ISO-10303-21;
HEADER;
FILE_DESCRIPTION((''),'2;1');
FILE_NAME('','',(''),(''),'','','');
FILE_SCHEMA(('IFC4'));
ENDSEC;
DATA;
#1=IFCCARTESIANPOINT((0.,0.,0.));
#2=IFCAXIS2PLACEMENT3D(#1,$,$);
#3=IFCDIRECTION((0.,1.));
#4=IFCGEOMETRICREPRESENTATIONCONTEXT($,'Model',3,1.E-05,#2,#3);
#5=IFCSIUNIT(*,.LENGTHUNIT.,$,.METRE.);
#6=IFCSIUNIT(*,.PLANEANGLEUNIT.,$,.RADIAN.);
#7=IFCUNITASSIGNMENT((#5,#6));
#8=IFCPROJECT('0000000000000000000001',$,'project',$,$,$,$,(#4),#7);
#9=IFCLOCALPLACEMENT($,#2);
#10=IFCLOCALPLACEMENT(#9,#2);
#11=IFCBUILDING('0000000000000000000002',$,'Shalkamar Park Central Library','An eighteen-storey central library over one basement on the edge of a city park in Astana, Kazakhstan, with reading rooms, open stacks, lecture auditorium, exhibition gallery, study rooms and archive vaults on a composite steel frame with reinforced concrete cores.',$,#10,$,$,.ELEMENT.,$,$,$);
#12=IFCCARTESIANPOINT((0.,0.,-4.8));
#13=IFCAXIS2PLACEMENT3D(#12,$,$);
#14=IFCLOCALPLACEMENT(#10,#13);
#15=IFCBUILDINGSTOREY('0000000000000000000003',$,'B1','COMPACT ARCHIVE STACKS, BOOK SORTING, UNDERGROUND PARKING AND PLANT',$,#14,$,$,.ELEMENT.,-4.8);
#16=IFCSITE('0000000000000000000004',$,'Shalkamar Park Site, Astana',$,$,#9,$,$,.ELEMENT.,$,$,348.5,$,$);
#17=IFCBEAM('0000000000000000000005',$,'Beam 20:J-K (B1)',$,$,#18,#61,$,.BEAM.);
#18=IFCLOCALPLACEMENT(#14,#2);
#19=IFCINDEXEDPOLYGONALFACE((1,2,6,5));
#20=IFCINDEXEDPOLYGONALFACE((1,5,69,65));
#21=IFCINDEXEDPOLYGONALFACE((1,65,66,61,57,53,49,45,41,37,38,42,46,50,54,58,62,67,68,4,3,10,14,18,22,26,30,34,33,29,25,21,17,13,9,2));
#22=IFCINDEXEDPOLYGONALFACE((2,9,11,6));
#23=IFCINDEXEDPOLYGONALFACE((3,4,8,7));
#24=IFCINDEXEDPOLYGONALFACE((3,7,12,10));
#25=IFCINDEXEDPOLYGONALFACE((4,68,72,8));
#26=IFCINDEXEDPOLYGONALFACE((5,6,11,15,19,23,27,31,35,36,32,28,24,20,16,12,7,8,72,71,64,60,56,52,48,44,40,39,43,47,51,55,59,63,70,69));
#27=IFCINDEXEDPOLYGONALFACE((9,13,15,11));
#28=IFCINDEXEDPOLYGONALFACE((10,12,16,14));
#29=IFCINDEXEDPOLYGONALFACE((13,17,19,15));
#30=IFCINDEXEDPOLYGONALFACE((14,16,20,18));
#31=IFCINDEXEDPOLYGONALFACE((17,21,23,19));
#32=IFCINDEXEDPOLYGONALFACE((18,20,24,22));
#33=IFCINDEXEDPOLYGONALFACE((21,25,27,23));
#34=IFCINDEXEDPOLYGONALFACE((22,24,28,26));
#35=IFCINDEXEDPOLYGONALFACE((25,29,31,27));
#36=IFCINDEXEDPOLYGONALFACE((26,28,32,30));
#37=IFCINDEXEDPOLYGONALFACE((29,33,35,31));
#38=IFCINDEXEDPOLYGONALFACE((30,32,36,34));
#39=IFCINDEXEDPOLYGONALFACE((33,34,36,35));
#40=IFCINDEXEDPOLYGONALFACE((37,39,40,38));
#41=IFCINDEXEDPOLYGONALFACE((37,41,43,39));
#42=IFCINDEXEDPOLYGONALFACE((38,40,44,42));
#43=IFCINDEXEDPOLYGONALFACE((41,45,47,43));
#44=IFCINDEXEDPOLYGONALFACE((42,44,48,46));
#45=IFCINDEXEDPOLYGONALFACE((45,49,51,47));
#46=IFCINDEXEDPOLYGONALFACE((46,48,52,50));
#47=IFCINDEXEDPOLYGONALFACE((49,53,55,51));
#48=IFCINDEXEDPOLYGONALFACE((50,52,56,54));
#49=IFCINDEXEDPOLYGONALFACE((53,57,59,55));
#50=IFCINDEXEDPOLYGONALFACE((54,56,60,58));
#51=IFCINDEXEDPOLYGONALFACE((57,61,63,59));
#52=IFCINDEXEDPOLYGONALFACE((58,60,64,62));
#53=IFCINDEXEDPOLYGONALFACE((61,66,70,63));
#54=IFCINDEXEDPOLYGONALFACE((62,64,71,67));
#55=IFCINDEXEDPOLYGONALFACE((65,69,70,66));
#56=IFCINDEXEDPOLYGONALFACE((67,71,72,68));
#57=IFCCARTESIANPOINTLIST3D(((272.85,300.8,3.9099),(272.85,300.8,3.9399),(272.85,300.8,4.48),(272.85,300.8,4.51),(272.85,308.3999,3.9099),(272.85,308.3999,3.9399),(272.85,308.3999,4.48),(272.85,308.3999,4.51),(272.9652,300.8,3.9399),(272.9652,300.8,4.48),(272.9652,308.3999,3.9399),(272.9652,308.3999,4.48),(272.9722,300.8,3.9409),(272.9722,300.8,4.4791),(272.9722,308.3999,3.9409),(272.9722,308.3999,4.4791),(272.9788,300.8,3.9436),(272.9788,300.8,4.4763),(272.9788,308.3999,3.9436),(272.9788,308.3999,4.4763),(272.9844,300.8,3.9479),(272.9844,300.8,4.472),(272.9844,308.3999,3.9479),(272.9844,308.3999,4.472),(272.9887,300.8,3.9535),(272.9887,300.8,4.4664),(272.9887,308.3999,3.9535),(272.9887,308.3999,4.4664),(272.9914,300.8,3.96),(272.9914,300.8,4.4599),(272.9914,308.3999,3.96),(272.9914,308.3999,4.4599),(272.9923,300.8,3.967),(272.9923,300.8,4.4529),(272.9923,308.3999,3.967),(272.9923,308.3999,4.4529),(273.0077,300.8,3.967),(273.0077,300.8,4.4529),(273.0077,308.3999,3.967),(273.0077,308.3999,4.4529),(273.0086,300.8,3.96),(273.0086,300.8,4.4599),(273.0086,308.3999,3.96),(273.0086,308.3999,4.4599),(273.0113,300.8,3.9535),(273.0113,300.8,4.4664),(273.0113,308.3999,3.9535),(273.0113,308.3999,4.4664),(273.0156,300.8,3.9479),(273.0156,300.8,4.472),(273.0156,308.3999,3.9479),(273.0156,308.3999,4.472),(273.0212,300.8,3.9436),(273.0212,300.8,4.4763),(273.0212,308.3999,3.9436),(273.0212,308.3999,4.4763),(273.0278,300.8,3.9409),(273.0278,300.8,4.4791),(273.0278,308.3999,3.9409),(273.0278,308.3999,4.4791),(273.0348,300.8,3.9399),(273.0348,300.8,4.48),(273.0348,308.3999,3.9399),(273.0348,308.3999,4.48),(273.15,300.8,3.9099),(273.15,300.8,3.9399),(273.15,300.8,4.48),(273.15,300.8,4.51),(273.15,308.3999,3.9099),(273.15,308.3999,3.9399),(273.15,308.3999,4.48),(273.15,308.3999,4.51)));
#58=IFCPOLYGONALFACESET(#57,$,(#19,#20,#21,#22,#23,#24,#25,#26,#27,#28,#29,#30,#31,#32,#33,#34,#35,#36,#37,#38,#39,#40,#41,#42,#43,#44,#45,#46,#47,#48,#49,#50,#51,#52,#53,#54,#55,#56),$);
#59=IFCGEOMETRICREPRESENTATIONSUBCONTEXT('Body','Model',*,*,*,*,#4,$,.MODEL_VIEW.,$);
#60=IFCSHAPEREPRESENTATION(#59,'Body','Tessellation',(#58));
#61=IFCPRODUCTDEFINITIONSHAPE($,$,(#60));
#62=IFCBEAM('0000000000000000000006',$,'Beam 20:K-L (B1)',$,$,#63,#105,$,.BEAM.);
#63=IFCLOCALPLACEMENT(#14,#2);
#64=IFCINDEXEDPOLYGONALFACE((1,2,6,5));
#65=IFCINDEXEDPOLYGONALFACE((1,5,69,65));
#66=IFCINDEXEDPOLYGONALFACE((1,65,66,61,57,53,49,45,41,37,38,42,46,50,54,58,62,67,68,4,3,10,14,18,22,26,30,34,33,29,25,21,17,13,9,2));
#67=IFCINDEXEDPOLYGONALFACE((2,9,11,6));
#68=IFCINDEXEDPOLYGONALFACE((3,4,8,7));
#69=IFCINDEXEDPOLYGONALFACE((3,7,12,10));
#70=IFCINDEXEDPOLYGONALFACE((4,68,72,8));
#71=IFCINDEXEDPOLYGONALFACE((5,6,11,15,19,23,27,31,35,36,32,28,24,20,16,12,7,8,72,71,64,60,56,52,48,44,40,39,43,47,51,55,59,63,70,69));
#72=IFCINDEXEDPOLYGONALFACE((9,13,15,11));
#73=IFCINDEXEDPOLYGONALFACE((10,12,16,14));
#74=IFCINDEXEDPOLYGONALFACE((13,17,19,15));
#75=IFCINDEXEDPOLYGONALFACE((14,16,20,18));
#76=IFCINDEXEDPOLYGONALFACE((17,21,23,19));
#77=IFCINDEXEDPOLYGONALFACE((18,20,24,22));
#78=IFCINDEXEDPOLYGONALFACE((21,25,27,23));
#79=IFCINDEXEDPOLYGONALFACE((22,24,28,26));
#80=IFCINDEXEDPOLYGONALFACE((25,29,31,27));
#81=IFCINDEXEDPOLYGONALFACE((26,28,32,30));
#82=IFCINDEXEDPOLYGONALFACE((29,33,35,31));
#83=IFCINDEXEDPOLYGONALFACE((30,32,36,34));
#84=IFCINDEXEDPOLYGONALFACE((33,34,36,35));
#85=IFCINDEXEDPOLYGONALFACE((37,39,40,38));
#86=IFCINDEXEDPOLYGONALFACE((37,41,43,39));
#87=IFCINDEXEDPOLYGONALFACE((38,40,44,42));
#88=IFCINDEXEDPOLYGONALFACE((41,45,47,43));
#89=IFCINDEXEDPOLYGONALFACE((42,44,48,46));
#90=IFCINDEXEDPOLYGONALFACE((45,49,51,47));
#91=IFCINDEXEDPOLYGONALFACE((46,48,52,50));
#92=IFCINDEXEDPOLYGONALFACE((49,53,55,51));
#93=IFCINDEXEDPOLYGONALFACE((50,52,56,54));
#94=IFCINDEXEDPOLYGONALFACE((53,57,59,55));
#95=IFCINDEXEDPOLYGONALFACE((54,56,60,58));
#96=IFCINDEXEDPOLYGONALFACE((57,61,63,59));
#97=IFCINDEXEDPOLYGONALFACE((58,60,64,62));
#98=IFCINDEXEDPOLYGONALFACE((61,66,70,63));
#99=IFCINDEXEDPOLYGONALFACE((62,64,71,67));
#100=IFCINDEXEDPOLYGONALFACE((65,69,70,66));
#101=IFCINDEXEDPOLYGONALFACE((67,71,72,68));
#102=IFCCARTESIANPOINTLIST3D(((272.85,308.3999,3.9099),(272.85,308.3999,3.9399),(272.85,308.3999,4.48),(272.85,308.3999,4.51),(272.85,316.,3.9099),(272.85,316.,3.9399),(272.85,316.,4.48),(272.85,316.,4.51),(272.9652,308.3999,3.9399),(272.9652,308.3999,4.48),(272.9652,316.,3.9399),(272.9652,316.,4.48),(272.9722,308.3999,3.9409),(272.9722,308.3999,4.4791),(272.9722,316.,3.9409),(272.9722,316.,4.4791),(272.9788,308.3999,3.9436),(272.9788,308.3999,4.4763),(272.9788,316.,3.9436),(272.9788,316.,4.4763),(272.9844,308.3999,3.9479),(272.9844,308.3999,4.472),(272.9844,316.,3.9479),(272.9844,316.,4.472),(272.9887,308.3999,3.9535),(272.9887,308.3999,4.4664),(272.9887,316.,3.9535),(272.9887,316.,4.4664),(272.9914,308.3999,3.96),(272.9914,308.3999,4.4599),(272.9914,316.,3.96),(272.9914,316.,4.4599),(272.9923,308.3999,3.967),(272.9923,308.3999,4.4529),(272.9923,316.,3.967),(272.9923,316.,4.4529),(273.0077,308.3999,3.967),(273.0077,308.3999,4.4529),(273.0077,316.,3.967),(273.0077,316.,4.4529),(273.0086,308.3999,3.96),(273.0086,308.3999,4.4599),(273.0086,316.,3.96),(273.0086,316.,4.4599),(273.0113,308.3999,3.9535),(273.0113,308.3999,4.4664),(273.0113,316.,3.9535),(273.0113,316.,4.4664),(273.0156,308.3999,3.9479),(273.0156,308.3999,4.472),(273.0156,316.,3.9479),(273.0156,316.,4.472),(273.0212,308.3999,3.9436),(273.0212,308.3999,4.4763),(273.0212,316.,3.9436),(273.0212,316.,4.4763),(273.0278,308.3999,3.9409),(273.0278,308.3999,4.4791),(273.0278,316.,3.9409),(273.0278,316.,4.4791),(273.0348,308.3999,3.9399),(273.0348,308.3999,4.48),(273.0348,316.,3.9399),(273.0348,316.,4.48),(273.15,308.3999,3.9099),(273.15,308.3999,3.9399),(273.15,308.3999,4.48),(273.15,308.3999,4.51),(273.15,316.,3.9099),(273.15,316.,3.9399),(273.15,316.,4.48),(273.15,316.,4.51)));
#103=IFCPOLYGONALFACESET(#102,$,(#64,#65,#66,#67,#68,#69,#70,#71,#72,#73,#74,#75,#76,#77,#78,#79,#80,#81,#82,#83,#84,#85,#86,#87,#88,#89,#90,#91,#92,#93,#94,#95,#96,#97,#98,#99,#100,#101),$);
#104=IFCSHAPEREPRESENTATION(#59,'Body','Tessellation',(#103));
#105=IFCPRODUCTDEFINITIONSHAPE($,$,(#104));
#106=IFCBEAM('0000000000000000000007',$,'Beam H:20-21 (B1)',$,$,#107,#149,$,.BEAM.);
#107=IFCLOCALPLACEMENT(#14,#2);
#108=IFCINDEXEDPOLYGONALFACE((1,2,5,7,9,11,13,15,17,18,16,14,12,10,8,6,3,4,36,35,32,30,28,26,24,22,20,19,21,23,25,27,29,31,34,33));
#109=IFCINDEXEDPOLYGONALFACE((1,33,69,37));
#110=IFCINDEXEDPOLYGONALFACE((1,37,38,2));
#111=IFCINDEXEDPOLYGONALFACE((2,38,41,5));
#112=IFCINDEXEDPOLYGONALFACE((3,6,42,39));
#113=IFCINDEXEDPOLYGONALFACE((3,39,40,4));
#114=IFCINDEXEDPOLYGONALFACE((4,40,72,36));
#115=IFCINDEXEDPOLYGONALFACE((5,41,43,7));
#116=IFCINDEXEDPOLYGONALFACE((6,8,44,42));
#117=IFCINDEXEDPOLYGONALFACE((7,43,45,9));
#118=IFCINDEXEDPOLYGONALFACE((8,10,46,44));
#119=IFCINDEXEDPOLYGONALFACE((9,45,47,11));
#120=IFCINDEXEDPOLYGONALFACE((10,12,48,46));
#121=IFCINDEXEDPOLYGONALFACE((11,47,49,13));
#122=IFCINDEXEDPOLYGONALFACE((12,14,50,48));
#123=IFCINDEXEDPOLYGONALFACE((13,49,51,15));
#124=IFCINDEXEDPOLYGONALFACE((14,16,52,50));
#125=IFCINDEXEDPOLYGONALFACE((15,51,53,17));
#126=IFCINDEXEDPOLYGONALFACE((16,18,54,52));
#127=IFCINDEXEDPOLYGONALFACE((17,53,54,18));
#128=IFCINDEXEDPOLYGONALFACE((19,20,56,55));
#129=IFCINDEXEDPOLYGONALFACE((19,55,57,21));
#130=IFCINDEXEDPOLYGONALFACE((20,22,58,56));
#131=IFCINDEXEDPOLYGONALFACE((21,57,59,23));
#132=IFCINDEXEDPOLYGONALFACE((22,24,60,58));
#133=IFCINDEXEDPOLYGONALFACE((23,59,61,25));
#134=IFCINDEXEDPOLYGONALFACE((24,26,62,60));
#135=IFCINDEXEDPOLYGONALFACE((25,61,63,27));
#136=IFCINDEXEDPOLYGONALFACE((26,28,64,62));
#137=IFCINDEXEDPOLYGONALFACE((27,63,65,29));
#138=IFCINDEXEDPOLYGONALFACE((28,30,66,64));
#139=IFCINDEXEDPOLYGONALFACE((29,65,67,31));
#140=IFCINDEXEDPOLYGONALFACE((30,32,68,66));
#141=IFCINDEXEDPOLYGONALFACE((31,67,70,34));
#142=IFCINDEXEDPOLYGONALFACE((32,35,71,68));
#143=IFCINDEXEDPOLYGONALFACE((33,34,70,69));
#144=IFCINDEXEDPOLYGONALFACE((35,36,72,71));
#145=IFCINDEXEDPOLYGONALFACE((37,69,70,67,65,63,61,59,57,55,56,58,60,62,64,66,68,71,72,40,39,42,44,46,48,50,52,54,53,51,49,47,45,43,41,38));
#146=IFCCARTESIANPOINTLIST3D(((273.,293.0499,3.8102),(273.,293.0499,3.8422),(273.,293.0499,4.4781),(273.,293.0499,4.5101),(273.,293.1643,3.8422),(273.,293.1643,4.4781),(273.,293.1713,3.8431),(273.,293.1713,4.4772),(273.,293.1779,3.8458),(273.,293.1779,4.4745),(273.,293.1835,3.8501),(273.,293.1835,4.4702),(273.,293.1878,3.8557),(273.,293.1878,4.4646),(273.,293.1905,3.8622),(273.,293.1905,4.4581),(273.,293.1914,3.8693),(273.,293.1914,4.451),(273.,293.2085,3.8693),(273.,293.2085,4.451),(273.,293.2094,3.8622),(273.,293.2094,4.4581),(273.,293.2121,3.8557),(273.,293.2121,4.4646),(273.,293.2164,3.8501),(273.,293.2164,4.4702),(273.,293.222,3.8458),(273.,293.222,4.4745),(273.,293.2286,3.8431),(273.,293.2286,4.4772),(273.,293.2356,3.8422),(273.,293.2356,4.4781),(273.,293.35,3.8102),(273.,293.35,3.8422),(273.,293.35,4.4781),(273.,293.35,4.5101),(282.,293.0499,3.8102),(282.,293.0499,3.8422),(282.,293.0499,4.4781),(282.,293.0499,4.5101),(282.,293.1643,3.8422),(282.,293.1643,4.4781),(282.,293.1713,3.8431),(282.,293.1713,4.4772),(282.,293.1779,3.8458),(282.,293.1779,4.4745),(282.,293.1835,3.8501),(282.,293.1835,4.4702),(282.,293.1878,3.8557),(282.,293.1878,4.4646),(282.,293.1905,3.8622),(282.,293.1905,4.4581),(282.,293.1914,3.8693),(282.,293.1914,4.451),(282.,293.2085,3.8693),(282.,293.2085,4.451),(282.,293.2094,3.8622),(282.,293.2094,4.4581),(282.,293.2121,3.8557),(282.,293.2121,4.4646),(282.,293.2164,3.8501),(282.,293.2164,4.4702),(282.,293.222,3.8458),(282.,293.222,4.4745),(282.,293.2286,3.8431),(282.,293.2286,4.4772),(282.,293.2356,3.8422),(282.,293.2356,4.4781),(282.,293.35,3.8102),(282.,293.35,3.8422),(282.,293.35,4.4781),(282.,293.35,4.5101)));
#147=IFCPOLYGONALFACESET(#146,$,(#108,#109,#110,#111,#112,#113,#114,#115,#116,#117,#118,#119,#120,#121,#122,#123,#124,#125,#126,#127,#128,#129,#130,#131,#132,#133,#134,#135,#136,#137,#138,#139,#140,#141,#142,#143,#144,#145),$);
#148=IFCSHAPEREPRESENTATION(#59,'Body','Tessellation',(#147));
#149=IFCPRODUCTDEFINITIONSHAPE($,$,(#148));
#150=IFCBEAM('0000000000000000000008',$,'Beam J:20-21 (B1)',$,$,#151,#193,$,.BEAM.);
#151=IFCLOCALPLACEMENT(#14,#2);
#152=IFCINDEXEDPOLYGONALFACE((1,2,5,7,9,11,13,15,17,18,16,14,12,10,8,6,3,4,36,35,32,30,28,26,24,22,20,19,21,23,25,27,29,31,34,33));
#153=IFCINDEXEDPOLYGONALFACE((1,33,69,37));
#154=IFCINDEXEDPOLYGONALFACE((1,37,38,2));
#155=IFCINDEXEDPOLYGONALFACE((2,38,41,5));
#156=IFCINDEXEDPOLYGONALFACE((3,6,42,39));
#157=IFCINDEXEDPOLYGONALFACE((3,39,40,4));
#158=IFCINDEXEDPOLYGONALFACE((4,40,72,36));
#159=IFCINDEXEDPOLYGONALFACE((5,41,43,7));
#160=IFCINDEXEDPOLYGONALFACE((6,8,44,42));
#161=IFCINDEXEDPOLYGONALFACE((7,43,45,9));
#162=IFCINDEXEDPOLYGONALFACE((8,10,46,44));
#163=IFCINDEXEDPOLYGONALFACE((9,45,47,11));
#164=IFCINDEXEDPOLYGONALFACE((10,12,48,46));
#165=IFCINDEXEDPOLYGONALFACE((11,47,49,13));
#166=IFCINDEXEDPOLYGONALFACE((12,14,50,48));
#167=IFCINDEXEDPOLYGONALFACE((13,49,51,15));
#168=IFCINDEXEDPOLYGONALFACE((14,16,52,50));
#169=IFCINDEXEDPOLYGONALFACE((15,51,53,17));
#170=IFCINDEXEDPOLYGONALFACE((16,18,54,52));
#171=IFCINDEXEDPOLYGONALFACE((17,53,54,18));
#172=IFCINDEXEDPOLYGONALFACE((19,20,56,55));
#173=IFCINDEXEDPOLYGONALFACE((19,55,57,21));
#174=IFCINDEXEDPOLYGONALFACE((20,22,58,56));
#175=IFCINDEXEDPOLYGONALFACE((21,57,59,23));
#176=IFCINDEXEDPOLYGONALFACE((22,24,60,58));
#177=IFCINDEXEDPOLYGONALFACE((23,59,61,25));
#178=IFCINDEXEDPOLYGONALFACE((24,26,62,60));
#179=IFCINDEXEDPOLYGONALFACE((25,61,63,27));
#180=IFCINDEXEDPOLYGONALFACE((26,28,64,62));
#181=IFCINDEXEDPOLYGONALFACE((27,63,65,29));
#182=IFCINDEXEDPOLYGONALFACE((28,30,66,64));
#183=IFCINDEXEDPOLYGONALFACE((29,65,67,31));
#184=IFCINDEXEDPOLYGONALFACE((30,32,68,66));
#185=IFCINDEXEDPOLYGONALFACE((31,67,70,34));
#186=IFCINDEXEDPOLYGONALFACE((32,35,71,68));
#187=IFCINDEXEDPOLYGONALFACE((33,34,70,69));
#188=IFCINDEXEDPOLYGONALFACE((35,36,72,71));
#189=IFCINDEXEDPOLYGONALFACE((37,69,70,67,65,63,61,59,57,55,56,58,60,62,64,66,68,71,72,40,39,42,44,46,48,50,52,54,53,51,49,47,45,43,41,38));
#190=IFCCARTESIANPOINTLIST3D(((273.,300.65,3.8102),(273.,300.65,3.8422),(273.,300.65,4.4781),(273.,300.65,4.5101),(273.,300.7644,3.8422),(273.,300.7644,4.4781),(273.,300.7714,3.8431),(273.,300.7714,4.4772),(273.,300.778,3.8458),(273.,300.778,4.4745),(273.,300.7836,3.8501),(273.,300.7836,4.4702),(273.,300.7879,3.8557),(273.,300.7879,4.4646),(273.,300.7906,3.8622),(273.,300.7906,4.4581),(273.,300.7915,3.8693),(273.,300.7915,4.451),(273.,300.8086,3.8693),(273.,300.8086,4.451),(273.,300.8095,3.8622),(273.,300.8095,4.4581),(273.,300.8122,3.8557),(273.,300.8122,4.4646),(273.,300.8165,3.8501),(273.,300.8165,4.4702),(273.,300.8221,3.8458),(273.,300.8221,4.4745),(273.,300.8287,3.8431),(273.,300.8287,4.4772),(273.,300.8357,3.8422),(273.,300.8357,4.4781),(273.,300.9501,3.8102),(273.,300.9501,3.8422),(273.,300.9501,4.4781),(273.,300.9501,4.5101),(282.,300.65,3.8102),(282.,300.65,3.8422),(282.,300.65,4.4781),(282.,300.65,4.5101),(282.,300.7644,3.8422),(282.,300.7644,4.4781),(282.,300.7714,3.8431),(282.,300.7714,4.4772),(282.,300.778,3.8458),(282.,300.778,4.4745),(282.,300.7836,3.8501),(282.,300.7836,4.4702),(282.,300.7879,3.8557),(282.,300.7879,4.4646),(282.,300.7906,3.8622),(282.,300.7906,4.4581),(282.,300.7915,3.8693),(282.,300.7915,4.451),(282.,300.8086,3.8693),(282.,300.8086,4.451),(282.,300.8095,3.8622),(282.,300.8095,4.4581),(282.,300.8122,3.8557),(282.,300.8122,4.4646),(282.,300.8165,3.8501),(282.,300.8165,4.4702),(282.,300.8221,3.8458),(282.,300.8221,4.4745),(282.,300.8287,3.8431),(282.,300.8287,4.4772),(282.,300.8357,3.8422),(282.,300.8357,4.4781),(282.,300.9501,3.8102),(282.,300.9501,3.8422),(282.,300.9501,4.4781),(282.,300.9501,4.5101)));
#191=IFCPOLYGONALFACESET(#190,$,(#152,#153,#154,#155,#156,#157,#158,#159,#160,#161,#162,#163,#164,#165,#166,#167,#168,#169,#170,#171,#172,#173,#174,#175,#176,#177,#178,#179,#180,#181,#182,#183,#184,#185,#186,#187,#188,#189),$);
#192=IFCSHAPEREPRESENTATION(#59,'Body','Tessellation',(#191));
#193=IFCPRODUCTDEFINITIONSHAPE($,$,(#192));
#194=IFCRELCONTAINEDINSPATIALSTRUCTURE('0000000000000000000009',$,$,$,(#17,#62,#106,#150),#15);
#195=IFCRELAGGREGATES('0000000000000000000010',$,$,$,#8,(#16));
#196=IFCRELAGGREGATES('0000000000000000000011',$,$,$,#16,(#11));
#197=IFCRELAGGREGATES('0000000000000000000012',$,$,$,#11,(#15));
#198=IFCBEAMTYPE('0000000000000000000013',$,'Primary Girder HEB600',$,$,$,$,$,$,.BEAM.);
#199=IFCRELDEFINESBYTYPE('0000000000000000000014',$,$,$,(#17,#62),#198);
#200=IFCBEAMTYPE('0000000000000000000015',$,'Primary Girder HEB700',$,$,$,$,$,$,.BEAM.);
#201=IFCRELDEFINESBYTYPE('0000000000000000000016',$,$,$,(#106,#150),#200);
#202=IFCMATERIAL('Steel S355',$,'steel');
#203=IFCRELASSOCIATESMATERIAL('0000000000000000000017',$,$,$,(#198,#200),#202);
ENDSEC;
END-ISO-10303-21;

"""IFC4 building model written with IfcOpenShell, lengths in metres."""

from ifc_helpers import new_model, si_unit, direction, frame, origin, origin_2d, place, context, subcontext, project, spatial, i_section, extrude, material, material_profile, profile_set, type_object, element, save


model = new_model("IFC4")

# Units and contexts
model_context = context("Model", 3, precision=1e-05, world=origin(), true_north=direction((0.0, 1.0)))
body_context = subcontext(model_context, "Body", "Model", "MODEL_VIEW")
ifc_project = project(units=[si_unit("LENGTHUNIT", "METRE"), si_unit("PLANEANGLEUNIT", "RADIAN")], contexts=[model_context])

# Site, building, storey
site_placement = place(None, origin())
site = spatial("IfcSite", under=ifc_project, at=site_placement, Name="Shalkamar Park Site, Astana", CompositionType="ELEMENT", RefElevation=348.5)
building_placement = place(site_placement, origin())
building = spatial("IfcBuilding", under=site, at=building_placement, Name="Shalkamar Park Central Library", Description="An eighteen-storey central library over one basement on the edge of a city park in Astana, Kazakhstan, with reading rooms, open stacks, lecture auditorium, exhibition gallery, study rooms and archive vaults on a composite steel frame with reinforced concrete cores.", CompositionType="ELEMENT")
storey_placement = place(building_placement, frame((0.0, 0.0, -4.8)))
storey = spatial("IfcBuildingStorey", under=building, at=storey_placement, Name="B1", Description="COMPACT ARCHIVE STACKS, BOOK SORTING, UNDERGROUND PARKING AND PLANT", CompositionType="ELEMENT", Elevation=-4.8)

# Shared definitions
ifc_material_1 = material(Name="Steel S355", Category="steel")

# Beams
ifc_material_profile_1 = material_profile(ifc_material_1, i_section(OverallWidth=0.3, OverallDepth=0.6001, WebThickness=0.0154, FlangeThickness=0.03, FilletRadius=0.0271, at=origin_2d()), Name="HEB 600")
ifc_profile_set_1 = profile_set([ifc_material_profile_1], Name="Steel S355")
beam_type_1 = type_object("IfcBeamType", Name="Primary Girder HEB600", PredefinedType="BEAM", material=ifc_profile_set_1)
beam_1_placement = place(storey_placement, frame((273.0, 300.8, 4.21), z_axis=(0.0, 1.0, 0.0), x_axis=(-1.0, 0.0, 0.0)))
element("IfcBeam", 1, at=beam_1_placement, inside=storey, type_object=beam_type_1, Name="Beam 20:J-K (B1)", PredefinedType="BEAM", context=body_context, shape_type="SweptSolid", body=[
    extrude(i_section(OverallWidth=0.3, OverallDepth=0.6001, WebThickness=0.0154, FlangeThickness=0.03, FilletRadius=0.0271, at=origin_2d()), origin(), (0.0, 0.0, 1.0), 7.5999),
])
beam_2_placement = place(storey_placement, frame((273.0, 308.3999, 4.21), z_axis=(0.0, 1.0, 0.0), x_axis=(-1.0, 0.0, 0.0)))
element("IfcBeam", 2, at=beam_2_placement, inside=storey, type_object=beam_type_1, Name="Beam 20:K-L (B1)", PredefinedType="BEAM", context=body_context, shape_type="SweptSolid", body=[
    extrude(i_section(OverallWidth=0.3, OverallDepth=0.6001, WebThickness=0.0154, FlangeThickness=0.03, FilletRadius=0.0271, at=origin_2d()), origin(), (0.0, 0.0, 1.0), 7.6001),
])
ifc_material_profile_2 = material_profile(ifc_material_1, i_section(OverallWidth=0.3, OverallDepth=0.7, WebThickness=0.0171, FlangeThickness=0.032, FilletRadius=0.0271, at=origin_2d()), Name="HEB 700")
ifc_profile_set_2 = profile_set([ifc_material_profile_2], Name="Steel S355")
beam_type_2 = type_object("IfcBeamType", Name="Primary Girder HEB700", PredefinedType="BEAM", material=ifc_profile_set_2)
for number, where, z_axis, x_axis, name in (
    (3, (273.0, 293.2, 4.1602), (1.0, 0.0, 0.0), (0.0, 1.0, 0.0), "Beam H:20-21 (B1)"),
    (4, (273.0, 300.8, 4.1602), (1.0, 0.0, 0.0), (0.0, 1.0, 0.0), "Beam J:20-21 (B1)"),
):
    element("IfcBeam", number, at=place(storey_placement, frame(where, z_axis=z_axis, x_axis=x_axis)), inside=storey, type_object=beam_type_2, Name=name, PredefinedType="BEAM", context=body_context, shape_type="SweptSolid", body=[
        extrude(i_section(OverallWidth=0.3, OverallDepth=0.7, WebThickness=0.0171, FlangeThickness=0.032, FilletRadius=0.0271, at=origin_2d()), origin(), (0.0, 0.0, 1.0), 9.0),
    ])

save(model, "model.ifc")
